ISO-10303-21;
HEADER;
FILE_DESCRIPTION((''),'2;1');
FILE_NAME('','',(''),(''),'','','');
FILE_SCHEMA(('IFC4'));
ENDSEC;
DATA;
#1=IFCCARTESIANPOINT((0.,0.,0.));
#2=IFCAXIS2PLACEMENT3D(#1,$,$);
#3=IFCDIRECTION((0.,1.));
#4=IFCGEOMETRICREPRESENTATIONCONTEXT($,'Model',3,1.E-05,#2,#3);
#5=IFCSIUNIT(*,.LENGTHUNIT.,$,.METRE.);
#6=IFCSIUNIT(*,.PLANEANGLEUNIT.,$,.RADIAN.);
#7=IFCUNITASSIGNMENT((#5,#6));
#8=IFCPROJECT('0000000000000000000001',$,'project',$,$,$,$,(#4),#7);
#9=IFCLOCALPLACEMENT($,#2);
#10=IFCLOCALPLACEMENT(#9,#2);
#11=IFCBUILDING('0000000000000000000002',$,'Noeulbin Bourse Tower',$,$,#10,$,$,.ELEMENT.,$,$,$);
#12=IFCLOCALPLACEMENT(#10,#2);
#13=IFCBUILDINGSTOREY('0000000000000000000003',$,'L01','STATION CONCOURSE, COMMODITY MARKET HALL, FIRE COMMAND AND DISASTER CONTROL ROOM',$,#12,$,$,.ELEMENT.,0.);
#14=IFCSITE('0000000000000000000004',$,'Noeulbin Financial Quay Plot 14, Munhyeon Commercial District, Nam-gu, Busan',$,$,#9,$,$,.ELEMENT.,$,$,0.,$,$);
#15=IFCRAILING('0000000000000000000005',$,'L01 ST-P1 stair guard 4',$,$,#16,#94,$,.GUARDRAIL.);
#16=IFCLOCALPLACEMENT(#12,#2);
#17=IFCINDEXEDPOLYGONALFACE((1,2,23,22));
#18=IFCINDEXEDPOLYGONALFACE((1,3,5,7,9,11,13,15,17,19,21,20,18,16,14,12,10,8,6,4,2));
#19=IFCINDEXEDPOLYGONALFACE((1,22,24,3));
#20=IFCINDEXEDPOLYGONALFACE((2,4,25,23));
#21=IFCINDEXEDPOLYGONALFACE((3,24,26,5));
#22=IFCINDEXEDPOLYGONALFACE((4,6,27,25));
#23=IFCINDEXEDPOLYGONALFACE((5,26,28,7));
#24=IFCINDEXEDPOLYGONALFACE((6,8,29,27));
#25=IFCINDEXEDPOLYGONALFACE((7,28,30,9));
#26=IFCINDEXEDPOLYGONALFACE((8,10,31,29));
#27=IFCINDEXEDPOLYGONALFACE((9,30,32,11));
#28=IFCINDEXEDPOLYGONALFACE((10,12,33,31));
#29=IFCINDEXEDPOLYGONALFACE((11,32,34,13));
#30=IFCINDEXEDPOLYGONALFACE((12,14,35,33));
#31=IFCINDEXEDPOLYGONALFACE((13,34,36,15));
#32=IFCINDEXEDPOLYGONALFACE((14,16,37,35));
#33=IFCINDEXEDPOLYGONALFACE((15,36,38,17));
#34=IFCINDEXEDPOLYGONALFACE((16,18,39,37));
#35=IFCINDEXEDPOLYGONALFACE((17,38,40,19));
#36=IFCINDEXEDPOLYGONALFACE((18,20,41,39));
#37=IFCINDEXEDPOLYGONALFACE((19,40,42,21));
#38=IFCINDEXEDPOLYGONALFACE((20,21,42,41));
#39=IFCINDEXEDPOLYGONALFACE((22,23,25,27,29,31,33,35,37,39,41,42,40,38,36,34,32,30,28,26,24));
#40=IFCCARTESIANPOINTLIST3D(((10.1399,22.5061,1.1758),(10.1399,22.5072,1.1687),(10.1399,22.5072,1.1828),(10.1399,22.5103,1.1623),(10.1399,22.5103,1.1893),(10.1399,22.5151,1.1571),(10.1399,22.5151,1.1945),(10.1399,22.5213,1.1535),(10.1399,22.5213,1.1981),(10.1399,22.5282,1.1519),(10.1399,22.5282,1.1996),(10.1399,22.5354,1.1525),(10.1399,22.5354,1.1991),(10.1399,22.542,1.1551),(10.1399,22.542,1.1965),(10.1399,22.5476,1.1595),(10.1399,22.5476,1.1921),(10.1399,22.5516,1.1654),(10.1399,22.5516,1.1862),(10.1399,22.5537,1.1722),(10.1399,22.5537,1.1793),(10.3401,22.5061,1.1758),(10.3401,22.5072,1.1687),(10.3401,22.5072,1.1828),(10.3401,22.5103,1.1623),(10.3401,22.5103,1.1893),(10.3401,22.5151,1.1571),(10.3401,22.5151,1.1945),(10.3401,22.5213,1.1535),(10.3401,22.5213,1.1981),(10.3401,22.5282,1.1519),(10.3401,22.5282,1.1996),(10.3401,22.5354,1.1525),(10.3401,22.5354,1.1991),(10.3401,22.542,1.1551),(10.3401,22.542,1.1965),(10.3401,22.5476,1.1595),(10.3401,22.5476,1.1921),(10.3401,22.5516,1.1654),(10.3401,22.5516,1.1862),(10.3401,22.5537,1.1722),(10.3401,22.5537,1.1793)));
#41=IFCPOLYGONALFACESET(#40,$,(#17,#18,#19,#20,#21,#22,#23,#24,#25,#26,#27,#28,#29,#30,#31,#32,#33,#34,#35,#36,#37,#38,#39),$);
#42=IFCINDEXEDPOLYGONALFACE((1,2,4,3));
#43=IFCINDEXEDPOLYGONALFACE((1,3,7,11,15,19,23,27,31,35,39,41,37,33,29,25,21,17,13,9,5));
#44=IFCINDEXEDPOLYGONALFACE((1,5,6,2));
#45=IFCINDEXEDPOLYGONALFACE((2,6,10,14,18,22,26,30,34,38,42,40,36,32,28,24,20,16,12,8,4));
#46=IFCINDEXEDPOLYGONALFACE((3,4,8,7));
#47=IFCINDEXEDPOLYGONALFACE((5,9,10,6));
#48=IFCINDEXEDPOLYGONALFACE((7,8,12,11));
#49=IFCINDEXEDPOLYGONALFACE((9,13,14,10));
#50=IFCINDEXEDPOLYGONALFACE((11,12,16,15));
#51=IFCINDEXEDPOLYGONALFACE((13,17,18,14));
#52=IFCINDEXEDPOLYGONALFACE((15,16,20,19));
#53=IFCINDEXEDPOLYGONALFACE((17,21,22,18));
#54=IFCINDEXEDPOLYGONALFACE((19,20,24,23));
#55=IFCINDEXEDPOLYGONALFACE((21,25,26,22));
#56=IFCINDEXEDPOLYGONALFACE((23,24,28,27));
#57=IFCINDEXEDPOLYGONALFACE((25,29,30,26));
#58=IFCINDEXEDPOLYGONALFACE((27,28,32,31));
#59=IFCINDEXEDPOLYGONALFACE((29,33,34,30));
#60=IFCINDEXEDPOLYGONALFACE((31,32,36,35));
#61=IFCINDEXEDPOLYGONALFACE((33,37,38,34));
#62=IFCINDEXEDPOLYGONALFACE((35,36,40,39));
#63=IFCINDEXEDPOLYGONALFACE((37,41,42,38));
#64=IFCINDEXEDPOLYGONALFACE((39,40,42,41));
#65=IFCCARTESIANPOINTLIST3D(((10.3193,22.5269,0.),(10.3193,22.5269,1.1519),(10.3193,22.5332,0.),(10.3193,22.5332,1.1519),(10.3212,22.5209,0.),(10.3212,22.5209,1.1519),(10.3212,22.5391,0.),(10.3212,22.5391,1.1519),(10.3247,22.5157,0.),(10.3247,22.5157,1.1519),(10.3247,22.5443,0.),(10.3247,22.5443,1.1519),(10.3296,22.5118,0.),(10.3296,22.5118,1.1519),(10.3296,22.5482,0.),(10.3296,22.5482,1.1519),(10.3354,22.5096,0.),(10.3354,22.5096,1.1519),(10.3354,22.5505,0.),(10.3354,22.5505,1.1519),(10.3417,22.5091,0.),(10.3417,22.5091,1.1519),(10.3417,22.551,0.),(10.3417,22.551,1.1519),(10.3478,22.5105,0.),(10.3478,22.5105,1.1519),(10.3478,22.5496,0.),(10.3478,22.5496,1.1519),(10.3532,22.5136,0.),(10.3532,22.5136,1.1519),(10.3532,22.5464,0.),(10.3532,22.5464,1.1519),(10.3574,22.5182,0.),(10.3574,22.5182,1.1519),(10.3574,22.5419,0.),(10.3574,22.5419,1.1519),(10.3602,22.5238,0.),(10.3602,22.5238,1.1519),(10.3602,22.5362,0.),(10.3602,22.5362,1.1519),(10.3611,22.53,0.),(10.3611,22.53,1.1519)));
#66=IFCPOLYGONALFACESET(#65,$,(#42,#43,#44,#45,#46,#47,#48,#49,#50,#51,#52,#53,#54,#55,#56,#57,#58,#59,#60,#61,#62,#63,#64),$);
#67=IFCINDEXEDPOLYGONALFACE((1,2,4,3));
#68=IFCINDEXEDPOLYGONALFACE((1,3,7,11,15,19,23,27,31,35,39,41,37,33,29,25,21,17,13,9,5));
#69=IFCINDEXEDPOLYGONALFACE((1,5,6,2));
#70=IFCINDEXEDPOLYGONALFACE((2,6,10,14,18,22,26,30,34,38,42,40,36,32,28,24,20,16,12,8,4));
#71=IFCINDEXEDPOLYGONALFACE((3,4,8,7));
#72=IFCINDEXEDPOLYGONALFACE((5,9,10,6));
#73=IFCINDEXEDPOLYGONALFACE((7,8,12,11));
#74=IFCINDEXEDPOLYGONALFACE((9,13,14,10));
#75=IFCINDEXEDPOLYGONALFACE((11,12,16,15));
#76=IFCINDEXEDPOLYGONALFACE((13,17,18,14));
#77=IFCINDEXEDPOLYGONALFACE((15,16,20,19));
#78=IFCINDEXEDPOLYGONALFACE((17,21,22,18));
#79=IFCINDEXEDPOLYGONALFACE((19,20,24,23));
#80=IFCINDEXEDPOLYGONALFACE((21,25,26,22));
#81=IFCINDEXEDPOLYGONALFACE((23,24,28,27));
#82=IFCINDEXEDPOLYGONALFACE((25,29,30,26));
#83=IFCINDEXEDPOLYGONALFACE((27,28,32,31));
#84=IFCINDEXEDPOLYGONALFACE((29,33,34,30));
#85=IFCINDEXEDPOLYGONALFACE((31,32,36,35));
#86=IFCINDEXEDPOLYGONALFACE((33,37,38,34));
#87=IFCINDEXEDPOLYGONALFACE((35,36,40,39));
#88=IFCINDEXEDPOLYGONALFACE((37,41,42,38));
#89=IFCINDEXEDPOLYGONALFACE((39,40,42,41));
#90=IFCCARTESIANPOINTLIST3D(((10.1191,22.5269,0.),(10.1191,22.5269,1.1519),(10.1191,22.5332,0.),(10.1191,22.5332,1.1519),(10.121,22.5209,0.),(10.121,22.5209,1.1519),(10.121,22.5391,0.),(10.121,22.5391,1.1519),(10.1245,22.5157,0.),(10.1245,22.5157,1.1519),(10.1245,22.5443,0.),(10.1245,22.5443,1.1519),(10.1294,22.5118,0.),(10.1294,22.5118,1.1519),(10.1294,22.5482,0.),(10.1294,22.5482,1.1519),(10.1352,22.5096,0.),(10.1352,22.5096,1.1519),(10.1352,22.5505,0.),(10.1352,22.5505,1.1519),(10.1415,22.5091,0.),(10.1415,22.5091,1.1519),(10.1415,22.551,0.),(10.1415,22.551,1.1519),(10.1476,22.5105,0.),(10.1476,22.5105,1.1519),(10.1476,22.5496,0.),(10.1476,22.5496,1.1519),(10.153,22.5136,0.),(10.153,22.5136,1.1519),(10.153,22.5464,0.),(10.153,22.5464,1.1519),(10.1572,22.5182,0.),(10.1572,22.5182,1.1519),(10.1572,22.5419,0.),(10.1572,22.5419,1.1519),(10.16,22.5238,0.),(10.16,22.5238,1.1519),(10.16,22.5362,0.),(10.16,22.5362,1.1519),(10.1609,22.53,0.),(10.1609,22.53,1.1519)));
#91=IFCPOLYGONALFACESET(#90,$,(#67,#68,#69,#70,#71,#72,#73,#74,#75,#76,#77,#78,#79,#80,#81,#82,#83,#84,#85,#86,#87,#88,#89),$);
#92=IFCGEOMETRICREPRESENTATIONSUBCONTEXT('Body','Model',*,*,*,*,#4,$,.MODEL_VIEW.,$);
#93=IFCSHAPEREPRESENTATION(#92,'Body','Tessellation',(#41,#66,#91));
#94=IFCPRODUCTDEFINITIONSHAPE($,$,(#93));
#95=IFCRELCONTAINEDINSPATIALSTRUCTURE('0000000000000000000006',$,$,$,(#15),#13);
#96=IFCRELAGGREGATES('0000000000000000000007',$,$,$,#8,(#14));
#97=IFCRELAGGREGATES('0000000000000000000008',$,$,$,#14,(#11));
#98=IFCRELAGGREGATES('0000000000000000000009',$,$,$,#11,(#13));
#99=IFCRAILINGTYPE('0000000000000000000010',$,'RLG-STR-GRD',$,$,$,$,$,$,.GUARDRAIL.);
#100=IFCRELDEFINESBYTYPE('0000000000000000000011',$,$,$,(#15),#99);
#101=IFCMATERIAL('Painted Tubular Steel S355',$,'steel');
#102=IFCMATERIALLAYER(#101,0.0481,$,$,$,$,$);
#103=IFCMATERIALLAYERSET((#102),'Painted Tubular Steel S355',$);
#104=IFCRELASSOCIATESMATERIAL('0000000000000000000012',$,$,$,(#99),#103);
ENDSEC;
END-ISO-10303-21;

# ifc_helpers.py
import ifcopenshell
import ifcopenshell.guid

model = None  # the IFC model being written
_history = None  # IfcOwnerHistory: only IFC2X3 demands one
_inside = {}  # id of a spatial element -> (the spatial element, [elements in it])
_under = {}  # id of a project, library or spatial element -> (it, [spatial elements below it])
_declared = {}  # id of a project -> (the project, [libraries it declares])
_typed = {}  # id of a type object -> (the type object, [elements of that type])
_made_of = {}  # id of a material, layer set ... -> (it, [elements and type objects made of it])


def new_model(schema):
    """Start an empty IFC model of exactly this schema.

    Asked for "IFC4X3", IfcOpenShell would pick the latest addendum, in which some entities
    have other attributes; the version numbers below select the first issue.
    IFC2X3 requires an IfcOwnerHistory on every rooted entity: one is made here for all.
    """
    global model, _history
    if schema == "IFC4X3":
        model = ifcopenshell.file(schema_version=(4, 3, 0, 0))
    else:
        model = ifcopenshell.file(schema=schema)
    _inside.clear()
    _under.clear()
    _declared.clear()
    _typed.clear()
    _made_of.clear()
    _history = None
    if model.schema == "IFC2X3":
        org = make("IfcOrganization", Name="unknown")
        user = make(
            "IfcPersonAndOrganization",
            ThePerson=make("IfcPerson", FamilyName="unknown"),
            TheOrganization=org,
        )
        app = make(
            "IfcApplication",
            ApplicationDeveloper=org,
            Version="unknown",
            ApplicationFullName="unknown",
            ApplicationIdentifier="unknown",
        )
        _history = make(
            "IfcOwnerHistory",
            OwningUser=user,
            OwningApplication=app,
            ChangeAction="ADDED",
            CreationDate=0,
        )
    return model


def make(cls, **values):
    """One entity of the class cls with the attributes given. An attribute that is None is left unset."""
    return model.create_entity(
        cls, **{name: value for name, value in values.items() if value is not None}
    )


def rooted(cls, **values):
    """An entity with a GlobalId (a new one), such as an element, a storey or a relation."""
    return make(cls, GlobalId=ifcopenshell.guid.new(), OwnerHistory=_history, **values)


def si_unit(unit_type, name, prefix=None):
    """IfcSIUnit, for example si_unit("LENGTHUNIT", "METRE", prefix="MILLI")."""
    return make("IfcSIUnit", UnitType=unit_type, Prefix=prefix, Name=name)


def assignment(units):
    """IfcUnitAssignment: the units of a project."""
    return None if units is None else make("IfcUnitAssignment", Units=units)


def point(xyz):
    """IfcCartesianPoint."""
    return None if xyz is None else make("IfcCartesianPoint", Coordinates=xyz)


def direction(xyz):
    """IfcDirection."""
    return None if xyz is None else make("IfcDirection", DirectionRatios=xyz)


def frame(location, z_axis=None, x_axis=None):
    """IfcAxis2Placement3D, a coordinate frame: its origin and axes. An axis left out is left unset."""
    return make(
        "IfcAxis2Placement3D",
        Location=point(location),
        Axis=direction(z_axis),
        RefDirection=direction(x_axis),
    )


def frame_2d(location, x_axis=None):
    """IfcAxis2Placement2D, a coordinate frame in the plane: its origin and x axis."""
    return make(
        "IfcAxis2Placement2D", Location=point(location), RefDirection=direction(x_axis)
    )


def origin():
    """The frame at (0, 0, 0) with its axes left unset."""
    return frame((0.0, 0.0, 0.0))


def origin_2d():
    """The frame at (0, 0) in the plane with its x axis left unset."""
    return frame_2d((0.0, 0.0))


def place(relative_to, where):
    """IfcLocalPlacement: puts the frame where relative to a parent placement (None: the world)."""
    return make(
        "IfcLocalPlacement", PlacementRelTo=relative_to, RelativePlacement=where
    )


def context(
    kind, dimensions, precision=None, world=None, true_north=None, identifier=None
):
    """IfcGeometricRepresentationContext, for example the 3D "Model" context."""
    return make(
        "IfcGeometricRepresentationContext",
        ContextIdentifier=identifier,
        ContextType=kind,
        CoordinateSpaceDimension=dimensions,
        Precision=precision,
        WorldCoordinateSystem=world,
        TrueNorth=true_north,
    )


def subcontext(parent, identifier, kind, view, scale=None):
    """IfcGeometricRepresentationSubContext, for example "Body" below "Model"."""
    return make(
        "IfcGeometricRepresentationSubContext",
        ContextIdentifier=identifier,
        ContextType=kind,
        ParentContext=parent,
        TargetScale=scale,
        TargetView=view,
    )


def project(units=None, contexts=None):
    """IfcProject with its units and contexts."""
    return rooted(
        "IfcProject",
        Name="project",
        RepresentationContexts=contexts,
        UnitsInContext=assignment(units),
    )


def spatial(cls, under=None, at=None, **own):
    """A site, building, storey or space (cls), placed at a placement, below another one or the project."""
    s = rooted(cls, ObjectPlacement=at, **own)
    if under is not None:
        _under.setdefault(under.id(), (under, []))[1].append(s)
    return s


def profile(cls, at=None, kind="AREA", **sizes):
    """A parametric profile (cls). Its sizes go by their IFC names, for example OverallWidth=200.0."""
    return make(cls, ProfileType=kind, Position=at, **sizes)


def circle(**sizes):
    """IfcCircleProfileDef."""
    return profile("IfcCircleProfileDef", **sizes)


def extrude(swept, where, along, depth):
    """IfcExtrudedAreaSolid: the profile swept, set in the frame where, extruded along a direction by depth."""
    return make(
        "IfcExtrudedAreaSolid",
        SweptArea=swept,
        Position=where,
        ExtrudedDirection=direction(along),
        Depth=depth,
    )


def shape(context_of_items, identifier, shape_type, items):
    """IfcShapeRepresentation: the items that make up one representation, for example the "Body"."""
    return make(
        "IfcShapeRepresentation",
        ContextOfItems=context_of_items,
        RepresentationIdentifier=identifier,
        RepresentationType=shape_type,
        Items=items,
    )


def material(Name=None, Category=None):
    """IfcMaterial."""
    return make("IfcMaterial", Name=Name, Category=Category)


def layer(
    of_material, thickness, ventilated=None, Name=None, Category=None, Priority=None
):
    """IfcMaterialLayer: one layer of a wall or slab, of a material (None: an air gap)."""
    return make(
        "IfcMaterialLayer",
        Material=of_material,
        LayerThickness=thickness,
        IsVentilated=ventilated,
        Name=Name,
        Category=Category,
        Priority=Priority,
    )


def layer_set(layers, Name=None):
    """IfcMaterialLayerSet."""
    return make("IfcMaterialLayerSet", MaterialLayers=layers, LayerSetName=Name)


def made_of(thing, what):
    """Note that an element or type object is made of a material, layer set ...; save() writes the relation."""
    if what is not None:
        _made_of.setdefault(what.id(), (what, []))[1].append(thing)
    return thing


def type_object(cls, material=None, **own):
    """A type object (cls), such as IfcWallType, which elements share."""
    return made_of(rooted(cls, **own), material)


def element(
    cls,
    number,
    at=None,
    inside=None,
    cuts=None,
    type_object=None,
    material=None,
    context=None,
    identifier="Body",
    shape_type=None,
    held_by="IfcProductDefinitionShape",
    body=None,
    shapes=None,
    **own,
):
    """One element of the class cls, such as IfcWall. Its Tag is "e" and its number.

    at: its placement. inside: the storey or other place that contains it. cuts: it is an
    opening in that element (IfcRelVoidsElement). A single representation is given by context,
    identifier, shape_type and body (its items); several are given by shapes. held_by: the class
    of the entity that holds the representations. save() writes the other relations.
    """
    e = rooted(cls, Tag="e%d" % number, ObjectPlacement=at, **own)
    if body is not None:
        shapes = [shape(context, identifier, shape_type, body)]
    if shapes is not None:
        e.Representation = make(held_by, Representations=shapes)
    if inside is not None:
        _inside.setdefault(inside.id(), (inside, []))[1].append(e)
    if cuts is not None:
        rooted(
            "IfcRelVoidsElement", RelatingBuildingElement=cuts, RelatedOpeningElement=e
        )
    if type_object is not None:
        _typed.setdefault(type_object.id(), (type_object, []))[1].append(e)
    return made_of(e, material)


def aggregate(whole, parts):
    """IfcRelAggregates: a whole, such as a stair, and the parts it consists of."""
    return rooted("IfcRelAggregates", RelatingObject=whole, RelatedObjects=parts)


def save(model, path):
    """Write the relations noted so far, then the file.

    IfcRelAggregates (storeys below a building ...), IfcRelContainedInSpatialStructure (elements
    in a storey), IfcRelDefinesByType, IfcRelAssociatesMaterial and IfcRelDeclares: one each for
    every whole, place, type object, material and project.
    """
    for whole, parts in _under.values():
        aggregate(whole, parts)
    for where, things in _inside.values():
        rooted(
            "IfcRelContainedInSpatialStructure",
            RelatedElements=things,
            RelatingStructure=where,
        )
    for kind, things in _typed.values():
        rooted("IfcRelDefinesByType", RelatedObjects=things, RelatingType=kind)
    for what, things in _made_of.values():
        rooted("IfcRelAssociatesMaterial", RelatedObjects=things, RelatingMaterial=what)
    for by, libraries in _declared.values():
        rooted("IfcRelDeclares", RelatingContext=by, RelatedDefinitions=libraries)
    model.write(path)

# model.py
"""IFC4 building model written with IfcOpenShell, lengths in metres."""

from ifc_helpers import new_model, si_unit, direction, frame, origin, origin_2d, place, context, subcontext, project, spatial, circle, extrude, material, layer, layer_set, type_object, element, save


model = new_model("IFC4")

# Units and contexts
model_context = context("Model", 3, precision=1e-05, world=origin(), true_north=direction((0.0, 1.0)))
body_context = subcontext(model_context, "Body", "Model", "MODEL_VIEW")
ifc_project = project(units=[si_unit("LENGTHUNIT", "METRE"), si_unit("PLANEANGLEUNIT", "RADIAN")], contexts=[model_context])

# Site, building, storey
site_placement = place(None, origin())
site = spatial("IfcSite", under=ifc_project, at=site_placement, Name="Noeulbin Financial Quay Plot 14, Munhyeon Commercial District, Nam-gu, Busan", CompositionType="ELEMENT", RefElevation=0.0)
building_placement = place(site_placement, origin())
building = spatial("IfcBuilding", under=site, at=building_placement, Name="Noeulbin Bourse Tower", CompositionType="ELEMENT")
storey_placement = place(building_placement, origin())
storey = spatial("IfcBuildingStorey", under=building, at=storey_placement, Name="L01", Description="STATION CONCOURSE, COMMODITY MARKET HALL, FIRE COMMAND AND DISASTER CONTROL ROOM", CompositionType="ELEMENT", Elevation=0.0)

# Railing
ifc_material_1 = material(Name="Painted Tubular Steel S355", Category="steel")
ifc_layer_1 = layer(ifc_material_1, 0.0481)
ifc_layer_set_1 = layer_set([ifc_layer_1], Name="Painted Tubular Steel S355")
railing_type_1 = type_object("IfcRailingType", Name="RLG-STR-GRD", PredefinedType="GUARDRAIL", material=ifc_layer_set_1)
railing_1_placement = place(storey_placement, frame((10.3401, 22.53, 0.0)))
element("IfcRailing", 1, at=railing_1_placement, inside=storey, type_object=railing_type_1, Name="L01 ST-P1 stair guard 4", PredefinedType="GUARDRAIL", context=body_context, shape_type="SweptSolid", body=[
    extrude(circle(Radius=0.0239, at=origin_2d()), frame((0.0, 0.0, 1.1758), z_axis=(-1.0, 0.0, 0.0), x_axis=(0.0, -1.0, 0.0)), (0.0, 0.0, 1.0), 0.2002),
    extrude(circle(Radius=0.021, at=origin_2d()), origin(), (0.0, 0.0, 1.0), 1.1519),
    extrude(circle(Radius=0.021, at=origin_2d()), frame((-0.2002, 0.0, 0.0)), (0.0, 0.0, 1.0), 1.1519),
])

save(model, "model.ifc")
